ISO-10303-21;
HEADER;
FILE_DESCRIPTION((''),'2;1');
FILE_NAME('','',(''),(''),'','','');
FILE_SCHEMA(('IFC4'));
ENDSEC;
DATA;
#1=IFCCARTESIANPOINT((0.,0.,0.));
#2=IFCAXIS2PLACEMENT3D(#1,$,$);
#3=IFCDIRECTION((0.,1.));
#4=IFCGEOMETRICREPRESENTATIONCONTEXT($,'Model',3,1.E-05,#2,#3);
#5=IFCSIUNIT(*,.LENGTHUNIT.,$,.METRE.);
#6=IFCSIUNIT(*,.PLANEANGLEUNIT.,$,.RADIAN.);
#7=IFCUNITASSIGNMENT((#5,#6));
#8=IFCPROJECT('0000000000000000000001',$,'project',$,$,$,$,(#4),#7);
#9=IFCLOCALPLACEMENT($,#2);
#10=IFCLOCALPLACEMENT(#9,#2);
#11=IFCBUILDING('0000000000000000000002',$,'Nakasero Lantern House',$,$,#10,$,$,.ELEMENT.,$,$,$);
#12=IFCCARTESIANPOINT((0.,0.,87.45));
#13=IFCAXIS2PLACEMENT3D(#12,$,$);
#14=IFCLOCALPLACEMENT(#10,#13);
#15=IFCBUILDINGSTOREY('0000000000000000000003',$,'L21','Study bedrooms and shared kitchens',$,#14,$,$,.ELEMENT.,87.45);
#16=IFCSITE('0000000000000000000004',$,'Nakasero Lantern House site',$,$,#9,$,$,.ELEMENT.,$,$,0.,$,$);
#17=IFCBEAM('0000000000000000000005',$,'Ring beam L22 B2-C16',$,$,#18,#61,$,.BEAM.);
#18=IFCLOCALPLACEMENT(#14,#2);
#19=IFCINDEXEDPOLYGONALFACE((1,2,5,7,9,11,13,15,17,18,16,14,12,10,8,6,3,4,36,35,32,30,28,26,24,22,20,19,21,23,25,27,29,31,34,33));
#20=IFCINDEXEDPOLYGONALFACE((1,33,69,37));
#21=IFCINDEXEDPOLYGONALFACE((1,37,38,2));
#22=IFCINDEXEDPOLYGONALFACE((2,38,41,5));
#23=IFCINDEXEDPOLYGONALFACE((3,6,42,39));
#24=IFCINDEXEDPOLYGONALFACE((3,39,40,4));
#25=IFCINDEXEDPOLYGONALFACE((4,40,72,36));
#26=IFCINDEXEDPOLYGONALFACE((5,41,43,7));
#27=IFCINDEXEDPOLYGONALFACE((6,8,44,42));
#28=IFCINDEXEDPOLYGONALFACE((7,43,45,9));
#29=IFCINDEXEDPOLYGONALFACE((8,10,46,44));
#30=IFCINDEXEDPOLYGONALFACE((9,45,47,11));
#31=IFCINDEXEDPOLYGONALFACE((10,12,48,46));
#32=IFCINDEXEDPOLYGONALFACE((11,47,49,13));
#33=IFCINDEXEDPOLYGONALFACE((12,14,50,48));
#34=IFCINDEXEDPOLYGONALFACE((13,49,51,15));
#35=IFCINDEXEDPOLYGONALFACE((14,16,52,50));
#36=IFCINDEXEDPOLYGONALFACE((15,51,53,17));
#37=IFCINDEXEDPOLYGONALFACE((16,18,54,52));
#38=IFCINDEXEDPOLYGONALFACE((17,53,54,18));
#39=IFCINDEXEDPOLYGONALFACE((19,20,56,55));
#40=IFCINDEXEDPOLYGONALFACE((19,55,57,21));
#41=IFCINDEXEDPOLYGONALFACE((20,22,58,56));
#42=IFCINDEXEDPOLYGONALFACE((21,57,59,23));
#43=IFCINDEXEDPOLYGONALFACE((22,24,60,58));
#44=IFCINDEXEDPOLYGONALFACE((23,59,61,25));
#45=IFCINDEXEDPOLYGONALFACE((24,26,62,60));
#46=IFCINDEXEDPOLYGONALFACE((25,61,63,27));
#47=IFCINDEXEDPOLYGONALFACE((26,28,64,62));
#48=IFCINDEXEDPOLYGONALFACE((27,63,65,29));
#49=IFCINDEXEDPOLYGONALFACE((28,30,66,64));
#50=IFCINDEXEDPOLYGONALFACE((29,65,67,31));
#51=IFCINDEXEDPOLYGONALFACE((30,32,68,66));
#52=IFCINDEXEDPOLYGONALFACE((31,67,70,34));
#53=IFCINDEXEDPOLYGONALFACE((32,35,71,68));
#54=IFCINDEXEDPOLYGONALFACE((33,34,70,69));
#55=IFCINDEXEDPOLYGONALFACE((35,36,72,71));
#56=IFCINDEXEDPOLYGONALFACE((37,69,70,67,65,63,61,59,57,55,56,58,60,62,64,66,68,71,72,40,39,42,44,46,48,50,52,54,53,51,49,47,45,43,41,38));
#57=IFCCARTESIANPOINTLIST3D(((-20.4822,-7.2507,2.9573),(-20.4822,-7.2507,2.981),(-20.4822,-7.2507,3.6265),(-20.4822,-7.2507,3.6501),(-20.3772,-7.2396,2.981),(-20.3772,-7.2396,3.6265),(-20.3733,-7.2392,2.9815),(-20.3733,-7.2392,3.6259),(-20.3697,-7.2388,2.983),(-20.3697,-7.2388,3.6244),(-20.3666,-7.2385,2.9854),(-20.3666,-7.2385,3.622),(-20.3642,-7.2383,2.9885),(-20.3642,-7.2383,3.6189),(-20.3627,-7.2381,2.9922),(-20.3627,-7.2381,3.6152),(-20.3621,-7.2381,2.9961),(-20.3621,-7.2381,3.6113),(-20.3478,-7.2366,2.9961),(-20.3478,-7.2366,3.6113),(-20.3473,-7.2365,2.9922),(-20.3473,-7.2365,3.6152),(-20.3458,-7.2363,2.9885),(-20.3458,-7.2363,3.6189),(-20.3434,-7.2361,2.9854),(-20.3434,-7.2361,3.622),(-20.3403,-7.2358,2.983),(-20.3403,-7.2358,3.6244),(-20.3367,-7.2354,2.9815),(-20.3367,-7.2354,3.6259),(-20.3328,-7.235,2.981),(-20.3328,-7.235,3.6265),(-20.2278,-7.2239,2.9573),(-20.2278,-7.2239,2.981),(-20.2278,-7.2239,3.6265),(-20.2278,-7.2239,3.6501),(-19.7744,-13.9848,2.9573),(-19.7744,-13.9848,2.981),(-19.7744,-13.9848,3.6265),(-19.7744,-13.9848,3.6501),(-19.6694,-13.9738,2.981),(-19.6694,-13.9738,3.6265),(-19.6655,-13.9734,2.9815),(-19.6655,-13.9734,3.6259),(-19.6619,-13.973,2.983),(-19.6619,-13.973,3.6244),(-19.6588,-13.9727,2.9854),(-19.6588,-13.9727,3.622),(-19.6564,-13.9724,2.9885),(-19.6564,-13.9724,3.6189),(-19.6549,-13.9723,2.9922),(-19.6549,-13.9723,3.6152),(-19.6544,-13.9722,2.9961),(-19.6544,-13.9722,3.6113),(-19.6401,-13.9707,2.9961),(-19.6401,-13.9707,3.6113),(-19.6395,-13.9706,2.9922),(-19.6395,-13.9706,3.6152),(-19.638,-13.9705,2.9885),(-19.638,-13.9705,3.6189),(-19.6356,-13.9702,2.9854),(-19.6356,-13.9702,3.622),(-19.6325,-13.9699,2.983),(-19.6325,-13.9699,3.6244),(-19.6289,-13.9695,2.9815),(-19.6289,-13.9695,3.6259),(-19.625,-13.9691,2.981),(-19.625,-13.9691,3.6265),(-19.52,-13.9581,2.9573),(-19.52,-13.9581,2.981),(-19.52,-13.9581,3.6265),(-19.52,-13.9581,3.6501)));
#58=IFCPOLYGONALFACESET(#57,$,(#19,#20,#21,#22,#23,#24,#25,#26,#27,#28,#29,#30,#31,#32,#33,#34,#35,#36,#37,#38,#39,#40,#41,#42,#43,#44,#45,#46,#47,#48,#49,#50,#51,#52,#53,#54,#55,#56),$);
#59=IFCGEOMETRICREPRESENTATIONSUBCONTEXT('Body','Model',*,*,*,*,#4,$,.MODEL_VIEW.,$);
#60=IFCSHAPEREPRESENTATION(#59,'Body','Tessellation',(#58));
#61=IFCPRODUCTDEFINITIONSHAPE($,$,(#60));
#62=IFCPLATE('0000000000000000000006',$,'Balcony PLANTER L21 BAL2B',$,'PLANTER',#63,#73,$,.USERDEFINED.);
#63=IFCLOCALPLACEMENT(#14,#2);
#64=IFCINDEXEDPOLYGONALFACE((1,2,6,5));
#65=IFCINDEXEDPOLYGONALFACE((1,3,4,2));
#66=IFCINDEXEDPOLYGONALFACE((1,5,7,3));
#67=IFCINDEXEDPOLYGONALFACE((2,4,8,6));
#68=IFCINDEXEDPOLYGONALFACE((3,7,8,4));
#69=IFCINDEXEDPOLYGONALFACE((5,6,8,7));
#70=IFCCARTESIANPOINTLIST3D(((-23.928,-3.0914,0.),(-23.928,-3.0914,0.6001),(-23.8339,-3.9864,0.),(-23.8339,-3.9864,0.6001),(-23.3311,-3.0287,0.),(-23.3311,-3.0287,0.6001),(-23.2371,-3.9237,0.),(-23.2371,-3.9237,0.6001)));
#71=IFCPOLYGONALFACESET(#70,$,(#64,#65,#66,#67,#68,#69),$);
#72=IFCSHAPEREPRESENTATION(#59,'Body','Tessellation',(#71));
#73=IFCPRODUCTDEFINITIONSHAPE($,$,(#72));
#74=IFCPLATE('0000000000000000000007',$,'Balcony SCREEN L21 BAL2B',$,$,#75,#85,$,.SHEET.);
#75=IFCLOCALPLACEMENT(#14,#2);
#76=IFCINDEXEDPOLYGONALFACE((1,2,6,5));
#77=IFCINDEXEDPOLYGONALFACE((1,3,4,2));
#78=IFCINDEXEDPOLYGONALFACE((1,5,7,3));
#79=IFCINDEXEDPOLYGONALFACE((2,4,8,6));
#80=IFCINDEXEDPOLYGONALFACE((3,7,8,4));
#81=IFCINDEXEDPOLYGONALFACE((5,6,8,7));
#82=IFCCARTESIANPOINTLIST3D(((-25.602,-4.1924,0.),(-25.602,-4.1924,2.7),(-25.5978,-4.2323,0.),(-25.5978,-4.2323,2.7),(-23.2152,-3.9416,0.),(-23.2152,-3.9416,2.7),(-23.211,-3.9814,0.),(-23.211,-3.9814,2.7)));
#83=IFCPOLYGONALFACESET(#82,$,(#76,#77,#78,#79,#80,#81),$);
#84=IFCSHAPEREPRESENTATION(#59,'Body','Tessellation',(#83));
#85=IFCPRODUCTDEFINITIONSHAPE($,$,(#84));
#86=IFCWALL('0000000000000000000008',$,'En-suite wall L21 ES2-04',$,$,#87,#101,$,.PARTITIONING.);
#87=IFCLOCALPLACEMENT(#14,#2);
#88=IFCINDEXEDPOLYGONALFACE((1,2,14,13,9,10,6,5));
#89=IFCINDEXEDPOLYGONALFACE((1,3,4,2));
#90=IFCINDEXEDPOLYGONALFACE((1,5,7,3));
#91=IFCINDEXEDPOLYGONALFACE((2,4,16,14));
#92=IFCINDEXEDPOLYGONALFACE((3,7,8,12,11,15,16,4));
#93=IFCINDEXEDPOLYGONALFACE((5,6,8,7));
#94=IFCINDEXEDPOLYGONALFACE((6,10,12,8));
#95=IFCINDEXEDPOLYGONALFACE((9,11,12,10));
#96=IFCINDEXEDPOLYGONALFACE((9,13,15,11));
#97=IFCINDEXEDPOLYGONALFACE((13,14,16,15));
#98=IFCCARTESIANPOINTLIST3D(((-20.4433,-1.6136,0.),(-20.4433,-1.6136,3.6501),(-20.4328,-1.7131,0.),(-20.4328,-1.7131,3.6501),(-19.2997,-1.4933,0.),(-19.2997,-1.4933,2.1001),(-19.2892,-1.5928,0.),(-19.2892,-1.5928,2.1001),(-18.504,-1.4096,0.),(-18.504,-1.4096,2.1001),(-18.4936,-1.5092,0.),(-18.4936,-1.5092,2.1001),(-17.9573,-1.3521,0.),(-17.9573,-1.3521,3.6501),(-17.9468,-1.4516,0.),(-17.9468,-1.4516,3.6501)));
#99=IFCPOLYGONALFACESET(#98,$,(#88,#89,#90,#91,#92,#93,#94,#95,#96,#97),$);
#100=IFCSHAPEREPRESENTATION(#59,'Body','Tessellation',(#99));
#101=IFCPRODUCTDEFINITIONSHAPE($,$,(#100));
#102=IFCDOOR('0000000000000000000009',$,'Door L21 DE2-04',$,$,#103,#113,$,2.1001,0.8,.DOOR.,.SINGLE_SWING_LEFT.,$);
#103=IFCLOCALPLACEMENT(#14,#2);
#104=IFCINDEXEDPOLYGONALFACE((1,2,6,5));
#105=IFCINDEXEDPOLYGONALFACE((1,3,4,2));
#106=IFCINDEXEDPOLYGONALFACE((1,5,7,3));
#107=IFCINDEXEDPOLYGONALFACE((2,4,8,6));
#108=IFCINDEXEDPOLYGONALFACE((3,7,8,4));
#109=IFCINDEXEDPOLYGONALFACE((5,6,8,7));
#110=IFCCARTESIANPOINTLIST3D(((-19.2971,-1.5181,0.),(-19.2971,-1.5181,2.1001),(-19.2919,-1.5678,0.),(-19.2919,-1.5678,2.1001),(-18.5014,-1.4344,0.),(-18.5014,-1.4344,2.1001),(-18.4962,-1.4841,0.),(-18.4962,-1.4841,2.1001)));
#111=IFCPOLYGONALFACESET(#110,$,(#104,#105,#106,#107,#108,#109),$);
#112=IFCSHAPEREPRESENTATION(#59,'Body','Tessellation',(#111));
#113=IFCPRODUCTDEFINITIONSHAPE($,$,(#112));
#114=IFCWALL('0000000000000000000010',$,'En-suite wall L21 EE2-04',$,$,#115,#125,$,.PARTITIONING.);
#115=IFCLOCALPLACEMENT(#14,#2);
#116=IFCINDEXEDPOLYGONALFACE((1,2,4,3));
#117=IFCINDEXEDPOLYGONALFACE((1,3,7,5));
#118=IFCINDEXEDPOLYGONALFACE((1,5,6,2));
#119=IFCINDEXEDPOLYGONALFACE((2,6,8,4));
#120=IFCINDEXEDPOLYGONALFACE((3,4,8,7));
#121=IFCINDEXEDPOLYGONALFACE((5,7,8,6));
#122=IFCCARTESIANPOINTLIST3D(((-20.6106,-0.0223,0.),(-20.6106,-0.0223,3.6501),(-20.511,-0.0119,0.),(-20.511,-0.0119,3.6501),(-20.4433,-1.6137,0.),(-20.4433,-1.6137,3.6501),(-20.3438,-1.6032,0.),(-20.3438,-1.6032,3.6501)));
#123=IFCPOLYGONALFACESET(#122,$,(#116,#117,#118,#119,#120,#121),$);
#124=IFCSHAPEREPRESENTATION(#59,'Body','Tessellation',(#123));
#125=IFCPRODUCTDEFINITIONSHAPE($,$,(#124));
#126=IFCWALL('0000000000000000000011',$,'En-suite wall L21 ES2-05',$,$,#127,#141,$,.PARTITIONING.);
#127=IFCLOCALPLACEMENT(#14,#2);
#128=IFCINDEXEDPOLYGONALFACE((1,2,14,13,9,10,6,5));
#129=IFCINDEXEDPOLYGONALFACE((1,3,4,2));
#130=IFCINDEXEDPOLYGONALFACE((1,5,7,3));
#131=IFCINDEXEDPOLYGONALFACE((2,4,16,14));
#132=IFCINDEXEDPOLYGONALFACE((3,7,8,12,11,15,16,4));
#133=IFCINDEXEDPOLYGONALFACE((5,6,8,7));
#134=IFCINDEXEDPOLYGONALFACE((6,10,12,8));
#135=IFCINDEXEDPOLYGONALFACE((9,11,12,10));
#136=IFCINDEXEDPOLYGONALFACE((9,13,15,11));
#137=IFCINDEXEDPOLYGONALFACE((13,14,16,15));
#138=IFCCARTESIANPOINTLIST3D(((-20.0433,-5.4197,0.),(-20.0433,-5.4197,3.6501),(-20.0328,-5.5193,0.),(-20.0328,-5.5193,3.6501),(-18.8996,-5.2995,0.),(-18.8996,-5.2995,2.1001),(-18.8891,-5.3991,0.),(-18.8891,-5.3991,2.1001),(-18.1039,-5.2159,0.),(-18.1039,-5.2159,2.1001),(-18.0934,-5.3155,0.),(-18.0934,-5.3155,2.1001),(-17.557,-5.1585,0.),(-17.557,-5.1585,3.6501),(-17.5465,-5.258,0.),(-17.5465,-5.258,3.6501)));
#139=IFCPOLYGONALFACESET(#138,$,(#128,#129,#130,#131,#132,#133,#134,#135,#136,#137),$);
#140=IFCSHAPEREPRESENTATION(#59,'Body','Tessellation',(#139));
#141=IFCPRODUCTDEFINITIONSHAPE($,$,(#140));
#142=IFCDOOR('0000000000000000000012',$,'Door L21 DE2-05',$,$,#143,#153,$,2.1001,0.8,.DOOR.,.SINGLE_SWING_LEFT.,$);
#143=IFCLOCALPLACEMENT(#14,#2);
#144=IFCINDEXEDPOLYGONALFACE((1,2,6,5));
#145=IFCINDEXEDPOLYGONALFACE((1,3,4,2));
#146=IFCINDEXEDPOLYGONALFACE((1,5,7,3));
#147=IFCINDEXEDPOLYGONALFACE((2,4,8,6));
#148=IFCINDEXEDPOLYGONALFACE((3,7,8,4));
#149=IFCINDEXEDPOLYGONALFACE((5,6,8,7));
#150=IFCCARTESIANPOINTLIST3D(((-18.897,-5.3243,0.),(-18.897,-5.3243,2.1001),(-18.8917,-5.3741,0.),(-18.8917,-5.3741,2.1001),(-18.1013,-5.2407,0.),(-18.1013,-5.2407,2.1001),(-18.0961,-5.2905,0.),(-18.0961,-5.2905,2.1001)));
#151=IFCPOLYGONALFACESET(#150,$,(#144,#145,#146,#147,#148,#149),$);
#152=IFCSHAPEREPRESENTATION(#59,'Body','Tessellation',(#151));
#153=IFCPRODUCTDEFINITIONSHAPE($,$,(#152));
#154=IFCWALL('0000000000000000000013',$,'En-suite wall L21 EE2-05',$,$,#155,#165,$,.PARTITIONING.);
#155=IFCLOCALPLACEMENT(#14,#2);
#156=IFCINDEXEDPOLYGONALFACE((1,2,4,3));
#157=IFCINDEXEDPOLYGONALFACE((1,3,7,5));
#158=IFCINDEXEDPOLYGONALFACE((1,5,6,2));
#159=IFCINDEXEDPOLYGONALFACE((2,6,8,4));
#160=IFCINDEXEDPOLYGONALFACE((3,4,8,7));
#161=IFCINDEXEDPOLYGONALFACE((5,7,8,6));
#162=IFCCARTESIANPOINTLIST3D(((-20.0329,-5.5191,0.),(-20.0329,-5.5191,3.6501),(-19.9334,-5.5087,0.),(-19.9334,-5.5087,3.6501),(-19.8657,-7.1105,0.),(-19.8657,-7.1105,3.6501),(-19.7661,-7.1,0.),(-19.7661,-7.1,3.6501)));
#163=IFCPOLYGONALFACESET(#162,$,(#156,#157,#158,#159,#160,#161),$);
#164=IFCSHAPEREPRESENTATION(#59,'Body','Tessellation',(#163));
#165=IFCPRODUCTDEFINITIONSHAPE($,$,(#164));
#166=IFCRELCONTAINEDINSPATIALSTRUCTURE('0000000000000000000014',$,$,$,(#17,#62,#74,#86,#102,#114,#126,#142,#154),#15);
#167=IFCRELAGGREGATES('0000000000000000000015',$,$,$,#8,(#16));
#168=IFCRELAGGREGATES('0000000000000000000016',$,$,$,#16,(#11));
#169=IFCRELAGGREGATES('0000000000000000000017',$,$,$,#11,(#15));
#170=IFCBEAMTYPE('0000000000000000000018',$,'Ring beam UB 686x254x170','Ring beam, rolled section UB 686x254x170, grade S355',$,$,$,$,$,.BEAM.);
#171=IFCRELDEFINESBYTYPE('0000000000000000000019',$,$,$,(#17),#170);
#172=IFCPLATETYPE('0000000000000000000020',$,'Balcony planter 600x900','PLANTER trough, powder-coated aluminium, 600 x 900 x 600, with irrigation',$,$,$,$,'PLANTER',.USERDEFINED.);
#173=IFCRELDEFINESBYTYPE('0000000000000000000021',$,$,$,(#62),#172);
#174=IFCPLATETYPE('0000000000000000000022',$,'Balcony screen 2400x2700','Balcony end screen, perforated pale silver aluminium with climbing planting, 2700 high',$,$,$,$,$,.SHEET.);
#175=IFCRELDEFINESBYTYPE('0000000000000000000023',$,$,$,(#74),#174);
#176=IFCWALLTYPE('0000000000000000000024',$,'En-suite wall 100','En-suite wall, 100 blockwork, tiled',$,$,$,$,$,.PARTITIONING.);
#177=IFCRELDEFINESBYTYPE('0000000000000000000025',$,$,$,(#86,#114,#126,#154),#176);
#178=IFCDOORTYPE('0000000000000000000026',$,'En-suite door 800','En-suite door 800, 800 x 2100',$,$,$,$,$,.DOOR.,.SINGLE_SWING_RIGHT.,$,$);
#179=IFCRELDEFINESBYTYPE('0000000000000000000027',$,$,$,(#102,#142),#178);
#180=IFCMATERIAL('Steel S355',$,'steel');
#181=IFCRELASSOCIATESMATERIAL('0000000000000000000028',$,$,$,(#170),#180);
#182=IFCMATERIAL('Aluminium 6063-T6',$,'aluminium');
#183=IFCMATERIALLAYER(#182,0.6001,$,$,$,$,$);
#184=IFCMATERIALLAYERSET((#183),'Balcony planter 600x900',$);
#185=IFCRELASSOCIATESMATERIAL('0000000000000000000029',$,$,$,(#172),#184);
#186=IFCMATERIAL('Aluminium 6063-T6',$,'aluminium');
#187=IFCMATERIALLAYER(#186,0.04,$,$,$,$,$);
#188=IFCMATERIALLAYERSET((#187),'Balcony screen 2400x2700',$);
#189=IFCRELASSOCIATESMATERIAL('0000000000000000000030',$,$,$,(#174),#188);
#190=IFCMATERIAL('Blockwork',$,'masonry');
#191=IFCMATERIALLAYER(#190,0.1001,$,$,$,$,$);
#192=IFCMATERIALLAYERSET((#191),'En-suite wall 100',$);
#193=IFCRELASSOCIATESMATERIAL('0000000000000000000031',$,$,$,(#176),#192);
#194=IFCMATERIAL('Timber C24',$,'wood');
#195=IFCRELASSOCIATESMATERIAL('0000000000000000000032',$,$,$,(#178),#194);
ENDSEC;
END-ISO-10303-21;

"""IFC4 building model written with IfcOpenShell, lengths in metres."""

from ifc_helpers import new_model, si_unit, direction, frame, frame_2d, origin, origin_2d, place, context, subcontext, project, spatial, rectangle, i_section, extrude, material, layer, layer_set, material_profile, profile_set, type_object, element, fill, save


model = new_model("IFC4")

# Units and contexts
model_context = context("Model", 3, precision=1e-05, world=origin(), true_north=direction((0.0, 1.0)))
body_context = subcontext(model_context, "Body", "Model", "MODEL_VIEW")
ifc_project = project(units=[si_unit("LENGTHUNIT", "METRE"), si_unit("PLANEANGLEUNIT", "RADIAN")], contexts=[model_context])

# Site, building, storey
site_placement = place(None, origin())
site = spatial("IfcSite", under=ifc_project, at=site_placement, Name="Nakasero Lantern House site", CompositionType="ELEMENT", RefElevation=0.0)
building_placement = place(site_placement, origin())
building = spatial("IfcBuilding", under=site, at=building_placement, Name="Nakasero Lantern House", CompositionType="ELEMENT")
storey_placement = place(building_placement, frame((0.0, 0.0, 87.45)))
storey = spatial("IfcBuildingStorey", under=building, at=storey_placement, Name="L21", Description="Study bedrooms and shared kitchens", CompositionType="ELEMENT", Elevation=87.45)

# Beam
ifc_material_1 = material(Name="Steel S355", Category="steel")
ifc_material_profile_1 = material_profile(ifc_material_1, i_section(OverallWidth=0.2559, OverallDepth=0.6929, WebThickness=0.0144, FlangeThickness=0.0237, FilletRadius=0.0151, at=origin_2d()), Name="UB 686x254x170")
ifc_profile_set_1 = profile_set([ifc_material_profile_1], Name="Steel S355")
beam_type_1 = type_object("IfcBeamType", Name="Ring beam UB 686x254x170", Description="Ring beam, rolled section UB 686x254x170, grade S355", PredefinedType="BEAM", material=ifc_profile_set_1)
beam_1_placement = place(storey_placement, frame((-20.355, -7.2373, 3.3037), z_axis=(0.104525, -0.994522, 0.0), x_axis=(0.994522, 0.104525, 0.0)))
element("IfcBeam", 1, at=beam_1_placement, inside=storey, type_object=beam_type_1, Name="Ring beam L22 B2-C16", PredefinedType="BEAM", context=body_context, shape_type="SweptSolid", body=[
    extrude(i_section(OverallWidth=0.2559, OverallDepth=0.6929, WebThickness=0.0144, FlangeThickness=0.0237, FilletRadius=0.0151, at=origin_2d()), origin(), (0.0, 0.0, 1.0), 6.7712),
])

# Plates
ifc_material_2 = material(Name="Aluminium 6063-T6", Category="aluminium")
ifc_layer_1 = layer(ifc_material_2, 0.6001)
ifc_layer_set_1 = layer_set([ifc_layer_1], Name="Balcony planter 600x900")
plate_type_1 = type_object("IfcPlateType", Name="Balcony planter 600x900", Description="PLANTER trough, powder-coated aluminium, 600 x 900 x 600, with irrigation", ElementType="PLANTER", PredefinedType="USERDEFINED", material=ifc_layer_set_1)
plate_1_placement = place(storey_placement, frame((-23.5825, -3.5076, 0.0), z_axis=(0.0, 0.0, 1.0), x_axis=(-0.994522, -0.104528, 0.0)))
element("IfcPlate", 2, at=plate_1_placement, inside=storey, type_object=plate_type_1, Name="Balcony PLANTER L21 BAL2B", ObjectType="PLANTER", PredefinedType="USERDEFINED", context=body_context, shape_type="SweptSolid", body=[
    extrude(rectangle(XDim=0.6001, YDim=0.8999, at=origin_2d()), origin(), (0.0, 0.0, 1.0), 0.6001),
])
ifc_material_3 = material(Name="Aluminium 6063-T6", Category="aluminium")
ifc_layer_2 = layer(ifc_material_3, 0.04)
ifc_layer_set_2 = layer_set([ifc_layer_2], Name="Balcony screen 2400x2700")
plate_type_2 = type_object("IfcPlateType", Name="Balcony screen 2400x2700", Description="Balcony end screen, perforated pale silver aluminium with climbing planting, 2700 high", PredefinedType="SHEET", material=ifc_layer_set_2)
plate_2_placement = place(storey_placement, frame((-24.4065, -4.0869, 0.0), z_axis=(0.0, 0.0, 1.0), x_axis=(-0.994522, -0.104528, 0.0)))
element("IfcPlate", 3, at=plate_2_placement, inside=storey, type_object=plate_type_2, Name="Balcony SCREEN L21 BAL2B", PredefinedType="SHEET", context=body_context, shape_type="SweptSolid", body=[
    extrude(rectangle(XDim=2.3999, YDim=0.04, at=origin_2d()), origin(), (0.0, 0.0, 1.0), 2.7),
])

# Wall, opening, door
ifc_material_4 = material(Name="Blockwork", Category="masonry")
ifc_layer_3 = layer(ifc_material_4, 0.1001)
ifc_layer_set_3 = layer_set([ifc_layer_3], Name="En-suite wall 100")
wall_type_1 = type_object("IfcWallType", Name="En-suite wall 100", Description="En-suite wall, 100 blockwork, tiled", PredefinedType="PARTITIONING", material=ifc_layer_set_3)
wall_1_placement = place(storey_placement, frame((-17.9519, -1.4019, 0.0), z_axis=(0.0, 0.0, 1.0), x_axis=(-0.994515, -0.104598, 0.0)))
wall_1 = element("IfcWall", 4, at=wall_1_placement, inside=storey, type_object=wall_type_1, Name="En-suite wall L21 ES2-04", PredefinedType="PARTITIONING", context=body_context, shape_type="SweptSolid", body=[
    extrude(rectangle(XDim=2.4998, YDim=0.1001, at=frame_2d((1.25, 0.0))), origin(), (0.0, 0.0, 1.0), 3.6501),
])
opening_1_placement = place(wall_1_placement, frame((0.55, 0.0, 0.0)))
opening_1 = element("IfcOpeningElement", 5, at=opening_1_placement, cuts=wall_1, PredefinedType="OPENING", context=body_context, shape_type="SweptSolid", body=[
    extrude(rectangle(XDim=0.8, YDim=2.1001, at=frame_2d((0.3999, 1.05))), frame((0.0, 0.0701, 0.0), z_axis=(0.0, -1.0, 0.0), x_axis=(1.0, 0.0, 0.0)), (0.0, 0.0, 1.0), 0.1401),
])
ifc_material_5 = material(Name="Timber C24", Category="wood")
door_type = type_object("IfcDoorType", Name="En-suite door 800", Description="En-suite door 800, 800 x 2100", OperationType="SINGLE_SWING_RIGHT", PredefinedType="DOOR", material=ifc_material_5)
door_1_placement = place(opening_1_placement, origin())
door_1 = element("IfcDoor", 6, at=door_1_placement, inside=storey, type_object=door_type, Name="Door L21 DE2-04", OperationType="SINGLE_SWING_LEFT", OverallHeight=2.1001, OverallWidth=0.8, PredefinedType="DOOR", context=body_context, shape_type="SweptSolid", body=[
    extrude(rectangle(XDim=0.8, YDim=2.1001, at=frame_2d((0.3999, 1.05))), frame((0.0, 0.0249, 0.0), z_axis=(0.0, -1.0, 0.0), x_axis=(1.0, 0.0, 0.0)), (0.0, 0.0, 1.0), 0.05),
])
fill(opening_1, door_1)

# Wall
wall_2_placement = place(storey_placement, frame((-20.5608, -0.0171, 0.0), z_axis=(0.0, 0.0, 1.0), x_axis=(0.104518, -0.994523, 0.0)))
element("IfcWall", 7, at=wall_2_placement, inside=storey, type_object=wall_type_1, Name="En-suite wall L21 EE2-04", PredefinedType="PARTITIONING", context=body_context, shape_type="SweptSolid", body=[
    extrude(rectangle(XDim=1.6001, YDim=0.1001, at=frame_2d((0.8, 0.0))), origin(), (0.0, 0.0, 1.0), 3.6501),
])

# Wall, opening, door
wall_3_placement = place(storey_placement, frame((-17.5518, -5.2083, 0.0), z_axis=(0.0, 0.0, 1.0), x_axis=(-0.994526, -0.104492, 0.0)))
wall_3 = element("IfcWall", 8, at=wall_3_placement, inside=storey, type_object=wall_type_1, Name="En-suite wall L21 ES2-05", PredefinedType="PARTITIONING", context=body_context, shape_type="SweptSolid", body=[
    extrude(rectangle(XDim=2.5, YDim=0.1001, at=frame_2d((1.25, 0.0))), origin(), (0.0, 0.0, 1.0), 3.6501),
])
opening_2_placement = place(wall_3_placement, frame((0.55, 0.0, 0.0)))
opening_2 = element("IfcOpeningElement", 9, at=opening_2_placement, cuts=wall_3, PredefinedType="OPENING", context=body_context, shape_type="SweptSolid", body=[
    extrude(rectangle(XDim=0.8, YDim=2.1001, at=frame_2d((0.3999, 1.05))), frame((0.0, 0.0701, 0.0), z_axis=(0.0, -1.0, 0.0), x_axis=(1.0, 0.0, 0.0)), (0.0, 0.0, 1.0), 0.1401),
])
door_2_placement = place(opening_2_placement, origin())
door_2 = element("IfcDoor", 10, at=door_2_placement, inside=storey, type_object=door_type, Name="Door L21 DE2-05", OperationType="SINGLE_SWING_LEFT", OverallHeight=2.1001, OverallWidth=0.8, PredefinedType="DOOR", context=body_context, shape_type="SweptSolid", body=[
    extrude(rectangle(XDim=0.8, YDim=2.1001, at=frame_2d((0.3999, 1.05))), frame((0.0, 0.0249, 0.0), z_axis=(0.0, -1.0, 0.0), x_axis=(1.0, 0.0, 0.0)), (0.0, 0.0, 1.0), 0.05),
])
fill(opening_2, door_2)

# Wall
wall_4_placement = place(storey_placement, frame((-19.9832, -5.5139, 0.0), z_axis=(0.0, 0.0, 1.0), x_axis=(0.104518, -0.994523, 0.0)))
element("IfcWall", 11, at=wall_4_placement, inside=storey, type_object=wall_type_1, Name="En-suite wall L21 EE2-05", PredefinedType="PARTITIONING", context=body_context, shape_type="SweptSolid", body=[
    extrude(rectangle(XDim=1.6001, YDim=0.1001, at=frame_2d((0.8, 0.0))), origin(), (0.0, 0.0, 1.0), 3.6501),
])

save(model, "model.ifc")
